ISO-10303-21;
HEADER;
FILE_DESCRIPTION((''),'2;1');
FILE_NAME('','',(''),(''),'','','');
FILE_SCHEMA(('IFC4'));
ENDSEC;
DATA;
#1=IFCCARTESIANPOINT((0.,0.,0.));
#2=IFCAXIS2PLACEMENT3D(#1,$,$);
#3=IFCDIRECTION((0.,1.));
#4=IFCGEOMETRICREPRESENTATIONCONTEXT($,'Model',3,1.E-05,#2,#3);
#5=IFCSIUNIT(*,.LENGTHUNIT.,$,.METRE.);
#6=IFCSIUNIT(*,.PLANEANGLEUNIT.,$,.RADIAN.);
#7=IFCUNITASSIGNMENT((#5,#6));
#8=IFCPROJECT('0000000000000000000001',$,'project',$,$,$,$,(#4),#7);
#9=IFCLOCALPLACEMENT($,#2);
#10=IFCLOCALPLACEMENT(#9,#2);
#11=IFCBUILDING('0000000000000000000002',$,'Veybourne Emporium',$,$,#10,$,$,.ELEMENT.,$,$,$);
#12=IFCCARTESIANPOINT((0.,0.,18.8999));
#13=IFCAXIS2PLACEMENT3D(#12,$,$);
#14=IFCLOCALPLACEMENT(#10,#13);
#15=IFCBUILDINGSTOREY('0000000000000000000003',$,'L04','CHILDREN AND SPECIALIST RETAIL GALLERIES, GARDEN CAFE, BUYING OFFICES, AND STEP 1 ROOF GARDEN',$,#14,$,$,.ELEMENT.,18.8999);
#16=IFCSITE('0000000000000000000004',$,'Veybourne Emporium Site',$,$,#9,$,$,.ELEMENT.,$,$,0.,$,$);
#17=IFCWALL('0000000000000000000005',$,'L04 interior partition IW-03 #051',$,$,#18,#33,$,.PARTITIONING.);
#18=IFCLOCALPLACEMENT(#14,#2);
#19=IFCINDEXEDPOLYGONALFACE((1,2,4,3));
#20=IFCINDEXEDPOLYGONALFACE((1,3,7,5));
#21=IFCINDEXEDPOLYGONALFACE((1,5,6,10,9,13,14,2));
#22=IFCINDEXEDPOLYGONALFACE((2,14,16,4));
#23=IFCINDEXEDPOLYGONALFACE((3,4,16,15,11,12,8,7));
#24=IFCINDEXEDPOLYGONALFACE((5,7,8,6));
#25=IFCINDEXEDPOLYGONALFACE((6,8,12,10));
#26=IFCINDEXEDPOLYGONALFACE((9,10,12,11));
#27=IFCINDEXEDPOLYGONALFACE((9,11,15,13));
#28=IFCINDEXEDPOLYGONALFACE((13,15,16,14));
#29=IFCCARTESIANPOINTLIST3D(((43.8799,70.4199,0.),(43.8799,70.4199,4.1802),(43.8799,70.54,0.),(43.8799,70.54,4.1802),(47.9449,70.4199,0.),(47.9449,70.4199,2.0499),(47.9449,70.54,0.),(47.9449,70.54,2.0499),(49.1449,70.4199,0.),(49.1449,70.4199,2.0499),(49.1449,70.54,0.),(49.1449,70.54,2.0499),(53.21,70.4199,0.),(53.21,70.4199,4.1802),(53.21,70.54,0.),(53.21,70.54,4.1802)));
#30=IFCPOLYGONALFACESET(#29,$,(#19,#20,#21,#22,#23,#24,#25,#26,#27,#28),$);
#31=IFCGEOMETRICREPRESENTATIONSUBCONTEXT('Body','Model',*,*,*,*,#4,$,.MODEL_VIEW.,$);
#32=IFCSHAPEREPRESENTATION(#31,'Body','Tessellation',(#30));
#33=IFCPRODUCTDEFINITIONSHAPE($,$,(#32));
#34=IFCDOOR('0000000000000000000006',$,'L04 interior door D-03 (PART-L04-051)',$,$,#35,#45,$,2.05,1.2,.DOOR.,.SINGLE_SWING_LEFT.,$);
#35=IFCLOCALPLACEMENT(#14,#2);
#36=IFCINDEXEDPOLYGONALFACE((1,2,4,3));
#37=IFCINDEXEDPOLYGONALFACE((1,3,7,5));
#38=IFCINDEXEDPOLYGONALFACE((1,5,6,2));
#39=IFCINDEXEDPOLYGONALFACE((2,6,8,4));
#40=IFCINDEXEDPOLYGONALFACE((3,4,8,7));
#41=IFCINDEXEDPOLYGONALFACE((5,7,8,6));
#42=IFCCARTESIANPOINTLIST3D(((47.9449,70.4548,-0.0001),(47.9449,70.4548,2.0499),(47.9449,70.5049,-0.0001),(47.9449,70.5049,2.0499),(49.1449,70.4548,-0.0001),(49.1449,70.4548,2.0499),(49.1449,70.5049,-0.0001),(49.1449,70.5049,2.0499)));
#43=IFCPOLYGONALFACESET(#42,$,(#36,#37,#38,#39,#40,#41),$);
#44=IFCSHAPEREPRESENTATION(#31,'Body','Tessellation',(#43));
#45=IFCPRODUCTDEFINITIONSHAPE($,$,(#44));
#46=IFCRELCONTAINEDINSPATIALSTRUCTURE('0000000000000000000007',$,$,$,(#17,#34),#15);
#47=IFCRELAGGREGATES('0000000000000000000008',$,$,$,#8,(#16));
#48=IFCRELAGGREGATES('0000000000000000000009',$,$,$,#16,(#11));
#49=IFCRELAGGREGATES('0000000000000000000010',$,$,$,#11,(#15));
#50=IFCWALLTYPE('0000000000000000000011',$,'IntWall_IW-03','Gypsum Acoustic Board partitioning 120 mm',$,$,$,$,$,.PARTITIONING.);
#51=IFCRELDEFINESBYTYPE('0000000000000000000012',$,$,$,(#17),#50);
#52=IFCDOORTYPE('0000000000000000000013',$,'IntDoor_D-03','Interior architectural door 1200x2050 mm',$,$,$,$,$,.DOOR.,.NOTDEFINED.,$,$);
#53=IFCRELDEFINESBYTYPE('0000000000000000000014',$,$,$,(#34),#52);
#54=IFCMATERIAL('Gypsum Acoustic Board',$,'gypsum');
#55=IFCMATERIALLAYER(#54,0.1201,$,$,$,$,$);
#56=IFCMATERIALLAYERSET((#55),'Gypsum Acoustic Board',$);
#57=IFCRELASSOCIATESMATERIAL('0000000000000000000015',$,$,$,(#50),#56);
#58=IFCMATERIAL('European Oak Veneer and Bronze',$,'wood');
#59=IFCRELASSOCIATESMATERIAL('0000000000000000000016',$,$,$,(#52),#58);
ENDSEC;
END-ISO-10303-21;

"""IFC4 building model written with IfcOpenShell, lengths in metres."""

from ifc_helpers import new_model, si_unit, direction, frame, frame_2d, origin, place, context, subcontext, project, spatial, rectangle, extrude, material, layer, layer_set, type_object, element, fill, save


model = new_model("IFC4")

# Units and contexts
model_context = context("Model", 3, precision=1e-05, world=origin(), true_north=direction((0.0, 1.0)))
body_context = subcontext(model_context, "Body", "Model", "MODEL_VIEW")
ifc_project = project(units=[si_unit("LENGTHUNIT", "METRE"), si_unit("PLANEANGLEUNIT", "RADIAN")], contexts=[model_context])

# Site, building, storey
site_placement = place(None, origin())
site = spatial("IfcSite", under=ifc_project, at=site_placement, Name="Veybourne Emporium Site", CompositionType="ELEMENT", RefElevation=0.0)
building_placement = place(site_placement, origin())
building = spatial("IfcBuilding", under=site, at=building_placement, Name="Veybourne Emporium", CompositionType="ELEMENT")
storey_placement = place(building_placement, frame((0.0, 0.0, 18.8999)))
storey = spatial("IfcBuildingStorey", under=building, at=storey_placement, Name="L04", Description="CHILDREN AND SPECIALIST RETAIL GALLERIES, GARDEN CAFE, BUYING OFFICES, AND STEP 1 ROOF GARDEN", CompositionType="ELEMENT", Elevation=18.8999)

# Shared definitions
ifc_material_1 = material(Name="Gypsum Acoustic Board", Category="gypsum")
ifc_material_2 = material(Name="European Oak Veneer and Bronze", Category="wood")

# Wall, opening, door
ifc_layer_1 = layer(ifc_material_1, 0.1201)
ifc_layer_set_1 = layer_set([ifc_layer_1], Name="Gypsum Acoustic Board")
wall_type_1 = type_object("IfcWallType", Name="IntWall_IW-03", Description="Gypsum Acoustic Board partitioning 120 mm", PredefinedType="PARTITIONING", material=ifc_layer_set_1)
wall_1_placement = place(storey_placement, frame((43.8799, 70.48, 0.0), z_axis=(0.0, 0.0, 1.0), x_axis=(1.0, 0.0, 0.0)))
wall_1 = element("IfcWall", 1, at=wall_1_placement, inside=storey, type_object=wall_type_1, Name="L04 interior partition IW-03 #051", PredefinedType="PARTITIONING", context=body_context, shape_type="SweptSolid", body=[
    extrude(rectangle(XDim=9.3301, YDim=0.1201, at=frame_2d((4.665, 0.0))), origin(), (0.0, 0.0, 1.0), 4.1802),
])
opening_1_placement = place(wall_1_placement, frame((4.0649, 0.0, 0.0)))
opening_1 = element("IfcOpeningElement", 2, at=opening_1_placement, cuts=wall_1, PredefinedType="OPENING", context=body_context, shape_type="SweptSolid", body=[
    extrude(rectangle(XDim=1.2, YDim=2.05, at=frame_2d((0.6001, 1.0249))), frame((0.0, 0.0801, 0.0), z_axis=(0.0, -1.0, 0.0), x_axis=(1.0, 0.0, 0.0)), (0.0, 0.0, 1.0), 0.1602),
])
door_type_1 = type_object("IfcDoorType", Name="IntDoor_D-03", Description="Interior architectural door 1200x2050 mm", OperationType="NOTDEFINED", PredefinedType="DOOR", material=ifc_material_2)
door_1_placement = place(opening_1_placement, origin())
door_1 = element("IfcDoor", 3, at=door_1_placement, inside=storey, type_object=door_type_1, Name="L04 interior door D-03 (PART-L04-051)", OperationType="SINGLE_SWING_LEFT", OverallHeight=2.05, OverallWidth=1.2, PredefinedType="DOOR", context=body_context, shape_type="SweptSolid", body=[
    extrude(rectangle(XDim=1.2, YDim=2.05, at=frame_2d((0.6001, 1.0249))), frame((0.0, 0.0249, 0.0), z_axis=(0.0, -1.0, 0.0), x_axis=(1.0, 0.0, 0.0)), (0.0, 0.0, 1.0), 0.05),
])
fill(opening_1, door_1)

save(model, "model.ifc")
